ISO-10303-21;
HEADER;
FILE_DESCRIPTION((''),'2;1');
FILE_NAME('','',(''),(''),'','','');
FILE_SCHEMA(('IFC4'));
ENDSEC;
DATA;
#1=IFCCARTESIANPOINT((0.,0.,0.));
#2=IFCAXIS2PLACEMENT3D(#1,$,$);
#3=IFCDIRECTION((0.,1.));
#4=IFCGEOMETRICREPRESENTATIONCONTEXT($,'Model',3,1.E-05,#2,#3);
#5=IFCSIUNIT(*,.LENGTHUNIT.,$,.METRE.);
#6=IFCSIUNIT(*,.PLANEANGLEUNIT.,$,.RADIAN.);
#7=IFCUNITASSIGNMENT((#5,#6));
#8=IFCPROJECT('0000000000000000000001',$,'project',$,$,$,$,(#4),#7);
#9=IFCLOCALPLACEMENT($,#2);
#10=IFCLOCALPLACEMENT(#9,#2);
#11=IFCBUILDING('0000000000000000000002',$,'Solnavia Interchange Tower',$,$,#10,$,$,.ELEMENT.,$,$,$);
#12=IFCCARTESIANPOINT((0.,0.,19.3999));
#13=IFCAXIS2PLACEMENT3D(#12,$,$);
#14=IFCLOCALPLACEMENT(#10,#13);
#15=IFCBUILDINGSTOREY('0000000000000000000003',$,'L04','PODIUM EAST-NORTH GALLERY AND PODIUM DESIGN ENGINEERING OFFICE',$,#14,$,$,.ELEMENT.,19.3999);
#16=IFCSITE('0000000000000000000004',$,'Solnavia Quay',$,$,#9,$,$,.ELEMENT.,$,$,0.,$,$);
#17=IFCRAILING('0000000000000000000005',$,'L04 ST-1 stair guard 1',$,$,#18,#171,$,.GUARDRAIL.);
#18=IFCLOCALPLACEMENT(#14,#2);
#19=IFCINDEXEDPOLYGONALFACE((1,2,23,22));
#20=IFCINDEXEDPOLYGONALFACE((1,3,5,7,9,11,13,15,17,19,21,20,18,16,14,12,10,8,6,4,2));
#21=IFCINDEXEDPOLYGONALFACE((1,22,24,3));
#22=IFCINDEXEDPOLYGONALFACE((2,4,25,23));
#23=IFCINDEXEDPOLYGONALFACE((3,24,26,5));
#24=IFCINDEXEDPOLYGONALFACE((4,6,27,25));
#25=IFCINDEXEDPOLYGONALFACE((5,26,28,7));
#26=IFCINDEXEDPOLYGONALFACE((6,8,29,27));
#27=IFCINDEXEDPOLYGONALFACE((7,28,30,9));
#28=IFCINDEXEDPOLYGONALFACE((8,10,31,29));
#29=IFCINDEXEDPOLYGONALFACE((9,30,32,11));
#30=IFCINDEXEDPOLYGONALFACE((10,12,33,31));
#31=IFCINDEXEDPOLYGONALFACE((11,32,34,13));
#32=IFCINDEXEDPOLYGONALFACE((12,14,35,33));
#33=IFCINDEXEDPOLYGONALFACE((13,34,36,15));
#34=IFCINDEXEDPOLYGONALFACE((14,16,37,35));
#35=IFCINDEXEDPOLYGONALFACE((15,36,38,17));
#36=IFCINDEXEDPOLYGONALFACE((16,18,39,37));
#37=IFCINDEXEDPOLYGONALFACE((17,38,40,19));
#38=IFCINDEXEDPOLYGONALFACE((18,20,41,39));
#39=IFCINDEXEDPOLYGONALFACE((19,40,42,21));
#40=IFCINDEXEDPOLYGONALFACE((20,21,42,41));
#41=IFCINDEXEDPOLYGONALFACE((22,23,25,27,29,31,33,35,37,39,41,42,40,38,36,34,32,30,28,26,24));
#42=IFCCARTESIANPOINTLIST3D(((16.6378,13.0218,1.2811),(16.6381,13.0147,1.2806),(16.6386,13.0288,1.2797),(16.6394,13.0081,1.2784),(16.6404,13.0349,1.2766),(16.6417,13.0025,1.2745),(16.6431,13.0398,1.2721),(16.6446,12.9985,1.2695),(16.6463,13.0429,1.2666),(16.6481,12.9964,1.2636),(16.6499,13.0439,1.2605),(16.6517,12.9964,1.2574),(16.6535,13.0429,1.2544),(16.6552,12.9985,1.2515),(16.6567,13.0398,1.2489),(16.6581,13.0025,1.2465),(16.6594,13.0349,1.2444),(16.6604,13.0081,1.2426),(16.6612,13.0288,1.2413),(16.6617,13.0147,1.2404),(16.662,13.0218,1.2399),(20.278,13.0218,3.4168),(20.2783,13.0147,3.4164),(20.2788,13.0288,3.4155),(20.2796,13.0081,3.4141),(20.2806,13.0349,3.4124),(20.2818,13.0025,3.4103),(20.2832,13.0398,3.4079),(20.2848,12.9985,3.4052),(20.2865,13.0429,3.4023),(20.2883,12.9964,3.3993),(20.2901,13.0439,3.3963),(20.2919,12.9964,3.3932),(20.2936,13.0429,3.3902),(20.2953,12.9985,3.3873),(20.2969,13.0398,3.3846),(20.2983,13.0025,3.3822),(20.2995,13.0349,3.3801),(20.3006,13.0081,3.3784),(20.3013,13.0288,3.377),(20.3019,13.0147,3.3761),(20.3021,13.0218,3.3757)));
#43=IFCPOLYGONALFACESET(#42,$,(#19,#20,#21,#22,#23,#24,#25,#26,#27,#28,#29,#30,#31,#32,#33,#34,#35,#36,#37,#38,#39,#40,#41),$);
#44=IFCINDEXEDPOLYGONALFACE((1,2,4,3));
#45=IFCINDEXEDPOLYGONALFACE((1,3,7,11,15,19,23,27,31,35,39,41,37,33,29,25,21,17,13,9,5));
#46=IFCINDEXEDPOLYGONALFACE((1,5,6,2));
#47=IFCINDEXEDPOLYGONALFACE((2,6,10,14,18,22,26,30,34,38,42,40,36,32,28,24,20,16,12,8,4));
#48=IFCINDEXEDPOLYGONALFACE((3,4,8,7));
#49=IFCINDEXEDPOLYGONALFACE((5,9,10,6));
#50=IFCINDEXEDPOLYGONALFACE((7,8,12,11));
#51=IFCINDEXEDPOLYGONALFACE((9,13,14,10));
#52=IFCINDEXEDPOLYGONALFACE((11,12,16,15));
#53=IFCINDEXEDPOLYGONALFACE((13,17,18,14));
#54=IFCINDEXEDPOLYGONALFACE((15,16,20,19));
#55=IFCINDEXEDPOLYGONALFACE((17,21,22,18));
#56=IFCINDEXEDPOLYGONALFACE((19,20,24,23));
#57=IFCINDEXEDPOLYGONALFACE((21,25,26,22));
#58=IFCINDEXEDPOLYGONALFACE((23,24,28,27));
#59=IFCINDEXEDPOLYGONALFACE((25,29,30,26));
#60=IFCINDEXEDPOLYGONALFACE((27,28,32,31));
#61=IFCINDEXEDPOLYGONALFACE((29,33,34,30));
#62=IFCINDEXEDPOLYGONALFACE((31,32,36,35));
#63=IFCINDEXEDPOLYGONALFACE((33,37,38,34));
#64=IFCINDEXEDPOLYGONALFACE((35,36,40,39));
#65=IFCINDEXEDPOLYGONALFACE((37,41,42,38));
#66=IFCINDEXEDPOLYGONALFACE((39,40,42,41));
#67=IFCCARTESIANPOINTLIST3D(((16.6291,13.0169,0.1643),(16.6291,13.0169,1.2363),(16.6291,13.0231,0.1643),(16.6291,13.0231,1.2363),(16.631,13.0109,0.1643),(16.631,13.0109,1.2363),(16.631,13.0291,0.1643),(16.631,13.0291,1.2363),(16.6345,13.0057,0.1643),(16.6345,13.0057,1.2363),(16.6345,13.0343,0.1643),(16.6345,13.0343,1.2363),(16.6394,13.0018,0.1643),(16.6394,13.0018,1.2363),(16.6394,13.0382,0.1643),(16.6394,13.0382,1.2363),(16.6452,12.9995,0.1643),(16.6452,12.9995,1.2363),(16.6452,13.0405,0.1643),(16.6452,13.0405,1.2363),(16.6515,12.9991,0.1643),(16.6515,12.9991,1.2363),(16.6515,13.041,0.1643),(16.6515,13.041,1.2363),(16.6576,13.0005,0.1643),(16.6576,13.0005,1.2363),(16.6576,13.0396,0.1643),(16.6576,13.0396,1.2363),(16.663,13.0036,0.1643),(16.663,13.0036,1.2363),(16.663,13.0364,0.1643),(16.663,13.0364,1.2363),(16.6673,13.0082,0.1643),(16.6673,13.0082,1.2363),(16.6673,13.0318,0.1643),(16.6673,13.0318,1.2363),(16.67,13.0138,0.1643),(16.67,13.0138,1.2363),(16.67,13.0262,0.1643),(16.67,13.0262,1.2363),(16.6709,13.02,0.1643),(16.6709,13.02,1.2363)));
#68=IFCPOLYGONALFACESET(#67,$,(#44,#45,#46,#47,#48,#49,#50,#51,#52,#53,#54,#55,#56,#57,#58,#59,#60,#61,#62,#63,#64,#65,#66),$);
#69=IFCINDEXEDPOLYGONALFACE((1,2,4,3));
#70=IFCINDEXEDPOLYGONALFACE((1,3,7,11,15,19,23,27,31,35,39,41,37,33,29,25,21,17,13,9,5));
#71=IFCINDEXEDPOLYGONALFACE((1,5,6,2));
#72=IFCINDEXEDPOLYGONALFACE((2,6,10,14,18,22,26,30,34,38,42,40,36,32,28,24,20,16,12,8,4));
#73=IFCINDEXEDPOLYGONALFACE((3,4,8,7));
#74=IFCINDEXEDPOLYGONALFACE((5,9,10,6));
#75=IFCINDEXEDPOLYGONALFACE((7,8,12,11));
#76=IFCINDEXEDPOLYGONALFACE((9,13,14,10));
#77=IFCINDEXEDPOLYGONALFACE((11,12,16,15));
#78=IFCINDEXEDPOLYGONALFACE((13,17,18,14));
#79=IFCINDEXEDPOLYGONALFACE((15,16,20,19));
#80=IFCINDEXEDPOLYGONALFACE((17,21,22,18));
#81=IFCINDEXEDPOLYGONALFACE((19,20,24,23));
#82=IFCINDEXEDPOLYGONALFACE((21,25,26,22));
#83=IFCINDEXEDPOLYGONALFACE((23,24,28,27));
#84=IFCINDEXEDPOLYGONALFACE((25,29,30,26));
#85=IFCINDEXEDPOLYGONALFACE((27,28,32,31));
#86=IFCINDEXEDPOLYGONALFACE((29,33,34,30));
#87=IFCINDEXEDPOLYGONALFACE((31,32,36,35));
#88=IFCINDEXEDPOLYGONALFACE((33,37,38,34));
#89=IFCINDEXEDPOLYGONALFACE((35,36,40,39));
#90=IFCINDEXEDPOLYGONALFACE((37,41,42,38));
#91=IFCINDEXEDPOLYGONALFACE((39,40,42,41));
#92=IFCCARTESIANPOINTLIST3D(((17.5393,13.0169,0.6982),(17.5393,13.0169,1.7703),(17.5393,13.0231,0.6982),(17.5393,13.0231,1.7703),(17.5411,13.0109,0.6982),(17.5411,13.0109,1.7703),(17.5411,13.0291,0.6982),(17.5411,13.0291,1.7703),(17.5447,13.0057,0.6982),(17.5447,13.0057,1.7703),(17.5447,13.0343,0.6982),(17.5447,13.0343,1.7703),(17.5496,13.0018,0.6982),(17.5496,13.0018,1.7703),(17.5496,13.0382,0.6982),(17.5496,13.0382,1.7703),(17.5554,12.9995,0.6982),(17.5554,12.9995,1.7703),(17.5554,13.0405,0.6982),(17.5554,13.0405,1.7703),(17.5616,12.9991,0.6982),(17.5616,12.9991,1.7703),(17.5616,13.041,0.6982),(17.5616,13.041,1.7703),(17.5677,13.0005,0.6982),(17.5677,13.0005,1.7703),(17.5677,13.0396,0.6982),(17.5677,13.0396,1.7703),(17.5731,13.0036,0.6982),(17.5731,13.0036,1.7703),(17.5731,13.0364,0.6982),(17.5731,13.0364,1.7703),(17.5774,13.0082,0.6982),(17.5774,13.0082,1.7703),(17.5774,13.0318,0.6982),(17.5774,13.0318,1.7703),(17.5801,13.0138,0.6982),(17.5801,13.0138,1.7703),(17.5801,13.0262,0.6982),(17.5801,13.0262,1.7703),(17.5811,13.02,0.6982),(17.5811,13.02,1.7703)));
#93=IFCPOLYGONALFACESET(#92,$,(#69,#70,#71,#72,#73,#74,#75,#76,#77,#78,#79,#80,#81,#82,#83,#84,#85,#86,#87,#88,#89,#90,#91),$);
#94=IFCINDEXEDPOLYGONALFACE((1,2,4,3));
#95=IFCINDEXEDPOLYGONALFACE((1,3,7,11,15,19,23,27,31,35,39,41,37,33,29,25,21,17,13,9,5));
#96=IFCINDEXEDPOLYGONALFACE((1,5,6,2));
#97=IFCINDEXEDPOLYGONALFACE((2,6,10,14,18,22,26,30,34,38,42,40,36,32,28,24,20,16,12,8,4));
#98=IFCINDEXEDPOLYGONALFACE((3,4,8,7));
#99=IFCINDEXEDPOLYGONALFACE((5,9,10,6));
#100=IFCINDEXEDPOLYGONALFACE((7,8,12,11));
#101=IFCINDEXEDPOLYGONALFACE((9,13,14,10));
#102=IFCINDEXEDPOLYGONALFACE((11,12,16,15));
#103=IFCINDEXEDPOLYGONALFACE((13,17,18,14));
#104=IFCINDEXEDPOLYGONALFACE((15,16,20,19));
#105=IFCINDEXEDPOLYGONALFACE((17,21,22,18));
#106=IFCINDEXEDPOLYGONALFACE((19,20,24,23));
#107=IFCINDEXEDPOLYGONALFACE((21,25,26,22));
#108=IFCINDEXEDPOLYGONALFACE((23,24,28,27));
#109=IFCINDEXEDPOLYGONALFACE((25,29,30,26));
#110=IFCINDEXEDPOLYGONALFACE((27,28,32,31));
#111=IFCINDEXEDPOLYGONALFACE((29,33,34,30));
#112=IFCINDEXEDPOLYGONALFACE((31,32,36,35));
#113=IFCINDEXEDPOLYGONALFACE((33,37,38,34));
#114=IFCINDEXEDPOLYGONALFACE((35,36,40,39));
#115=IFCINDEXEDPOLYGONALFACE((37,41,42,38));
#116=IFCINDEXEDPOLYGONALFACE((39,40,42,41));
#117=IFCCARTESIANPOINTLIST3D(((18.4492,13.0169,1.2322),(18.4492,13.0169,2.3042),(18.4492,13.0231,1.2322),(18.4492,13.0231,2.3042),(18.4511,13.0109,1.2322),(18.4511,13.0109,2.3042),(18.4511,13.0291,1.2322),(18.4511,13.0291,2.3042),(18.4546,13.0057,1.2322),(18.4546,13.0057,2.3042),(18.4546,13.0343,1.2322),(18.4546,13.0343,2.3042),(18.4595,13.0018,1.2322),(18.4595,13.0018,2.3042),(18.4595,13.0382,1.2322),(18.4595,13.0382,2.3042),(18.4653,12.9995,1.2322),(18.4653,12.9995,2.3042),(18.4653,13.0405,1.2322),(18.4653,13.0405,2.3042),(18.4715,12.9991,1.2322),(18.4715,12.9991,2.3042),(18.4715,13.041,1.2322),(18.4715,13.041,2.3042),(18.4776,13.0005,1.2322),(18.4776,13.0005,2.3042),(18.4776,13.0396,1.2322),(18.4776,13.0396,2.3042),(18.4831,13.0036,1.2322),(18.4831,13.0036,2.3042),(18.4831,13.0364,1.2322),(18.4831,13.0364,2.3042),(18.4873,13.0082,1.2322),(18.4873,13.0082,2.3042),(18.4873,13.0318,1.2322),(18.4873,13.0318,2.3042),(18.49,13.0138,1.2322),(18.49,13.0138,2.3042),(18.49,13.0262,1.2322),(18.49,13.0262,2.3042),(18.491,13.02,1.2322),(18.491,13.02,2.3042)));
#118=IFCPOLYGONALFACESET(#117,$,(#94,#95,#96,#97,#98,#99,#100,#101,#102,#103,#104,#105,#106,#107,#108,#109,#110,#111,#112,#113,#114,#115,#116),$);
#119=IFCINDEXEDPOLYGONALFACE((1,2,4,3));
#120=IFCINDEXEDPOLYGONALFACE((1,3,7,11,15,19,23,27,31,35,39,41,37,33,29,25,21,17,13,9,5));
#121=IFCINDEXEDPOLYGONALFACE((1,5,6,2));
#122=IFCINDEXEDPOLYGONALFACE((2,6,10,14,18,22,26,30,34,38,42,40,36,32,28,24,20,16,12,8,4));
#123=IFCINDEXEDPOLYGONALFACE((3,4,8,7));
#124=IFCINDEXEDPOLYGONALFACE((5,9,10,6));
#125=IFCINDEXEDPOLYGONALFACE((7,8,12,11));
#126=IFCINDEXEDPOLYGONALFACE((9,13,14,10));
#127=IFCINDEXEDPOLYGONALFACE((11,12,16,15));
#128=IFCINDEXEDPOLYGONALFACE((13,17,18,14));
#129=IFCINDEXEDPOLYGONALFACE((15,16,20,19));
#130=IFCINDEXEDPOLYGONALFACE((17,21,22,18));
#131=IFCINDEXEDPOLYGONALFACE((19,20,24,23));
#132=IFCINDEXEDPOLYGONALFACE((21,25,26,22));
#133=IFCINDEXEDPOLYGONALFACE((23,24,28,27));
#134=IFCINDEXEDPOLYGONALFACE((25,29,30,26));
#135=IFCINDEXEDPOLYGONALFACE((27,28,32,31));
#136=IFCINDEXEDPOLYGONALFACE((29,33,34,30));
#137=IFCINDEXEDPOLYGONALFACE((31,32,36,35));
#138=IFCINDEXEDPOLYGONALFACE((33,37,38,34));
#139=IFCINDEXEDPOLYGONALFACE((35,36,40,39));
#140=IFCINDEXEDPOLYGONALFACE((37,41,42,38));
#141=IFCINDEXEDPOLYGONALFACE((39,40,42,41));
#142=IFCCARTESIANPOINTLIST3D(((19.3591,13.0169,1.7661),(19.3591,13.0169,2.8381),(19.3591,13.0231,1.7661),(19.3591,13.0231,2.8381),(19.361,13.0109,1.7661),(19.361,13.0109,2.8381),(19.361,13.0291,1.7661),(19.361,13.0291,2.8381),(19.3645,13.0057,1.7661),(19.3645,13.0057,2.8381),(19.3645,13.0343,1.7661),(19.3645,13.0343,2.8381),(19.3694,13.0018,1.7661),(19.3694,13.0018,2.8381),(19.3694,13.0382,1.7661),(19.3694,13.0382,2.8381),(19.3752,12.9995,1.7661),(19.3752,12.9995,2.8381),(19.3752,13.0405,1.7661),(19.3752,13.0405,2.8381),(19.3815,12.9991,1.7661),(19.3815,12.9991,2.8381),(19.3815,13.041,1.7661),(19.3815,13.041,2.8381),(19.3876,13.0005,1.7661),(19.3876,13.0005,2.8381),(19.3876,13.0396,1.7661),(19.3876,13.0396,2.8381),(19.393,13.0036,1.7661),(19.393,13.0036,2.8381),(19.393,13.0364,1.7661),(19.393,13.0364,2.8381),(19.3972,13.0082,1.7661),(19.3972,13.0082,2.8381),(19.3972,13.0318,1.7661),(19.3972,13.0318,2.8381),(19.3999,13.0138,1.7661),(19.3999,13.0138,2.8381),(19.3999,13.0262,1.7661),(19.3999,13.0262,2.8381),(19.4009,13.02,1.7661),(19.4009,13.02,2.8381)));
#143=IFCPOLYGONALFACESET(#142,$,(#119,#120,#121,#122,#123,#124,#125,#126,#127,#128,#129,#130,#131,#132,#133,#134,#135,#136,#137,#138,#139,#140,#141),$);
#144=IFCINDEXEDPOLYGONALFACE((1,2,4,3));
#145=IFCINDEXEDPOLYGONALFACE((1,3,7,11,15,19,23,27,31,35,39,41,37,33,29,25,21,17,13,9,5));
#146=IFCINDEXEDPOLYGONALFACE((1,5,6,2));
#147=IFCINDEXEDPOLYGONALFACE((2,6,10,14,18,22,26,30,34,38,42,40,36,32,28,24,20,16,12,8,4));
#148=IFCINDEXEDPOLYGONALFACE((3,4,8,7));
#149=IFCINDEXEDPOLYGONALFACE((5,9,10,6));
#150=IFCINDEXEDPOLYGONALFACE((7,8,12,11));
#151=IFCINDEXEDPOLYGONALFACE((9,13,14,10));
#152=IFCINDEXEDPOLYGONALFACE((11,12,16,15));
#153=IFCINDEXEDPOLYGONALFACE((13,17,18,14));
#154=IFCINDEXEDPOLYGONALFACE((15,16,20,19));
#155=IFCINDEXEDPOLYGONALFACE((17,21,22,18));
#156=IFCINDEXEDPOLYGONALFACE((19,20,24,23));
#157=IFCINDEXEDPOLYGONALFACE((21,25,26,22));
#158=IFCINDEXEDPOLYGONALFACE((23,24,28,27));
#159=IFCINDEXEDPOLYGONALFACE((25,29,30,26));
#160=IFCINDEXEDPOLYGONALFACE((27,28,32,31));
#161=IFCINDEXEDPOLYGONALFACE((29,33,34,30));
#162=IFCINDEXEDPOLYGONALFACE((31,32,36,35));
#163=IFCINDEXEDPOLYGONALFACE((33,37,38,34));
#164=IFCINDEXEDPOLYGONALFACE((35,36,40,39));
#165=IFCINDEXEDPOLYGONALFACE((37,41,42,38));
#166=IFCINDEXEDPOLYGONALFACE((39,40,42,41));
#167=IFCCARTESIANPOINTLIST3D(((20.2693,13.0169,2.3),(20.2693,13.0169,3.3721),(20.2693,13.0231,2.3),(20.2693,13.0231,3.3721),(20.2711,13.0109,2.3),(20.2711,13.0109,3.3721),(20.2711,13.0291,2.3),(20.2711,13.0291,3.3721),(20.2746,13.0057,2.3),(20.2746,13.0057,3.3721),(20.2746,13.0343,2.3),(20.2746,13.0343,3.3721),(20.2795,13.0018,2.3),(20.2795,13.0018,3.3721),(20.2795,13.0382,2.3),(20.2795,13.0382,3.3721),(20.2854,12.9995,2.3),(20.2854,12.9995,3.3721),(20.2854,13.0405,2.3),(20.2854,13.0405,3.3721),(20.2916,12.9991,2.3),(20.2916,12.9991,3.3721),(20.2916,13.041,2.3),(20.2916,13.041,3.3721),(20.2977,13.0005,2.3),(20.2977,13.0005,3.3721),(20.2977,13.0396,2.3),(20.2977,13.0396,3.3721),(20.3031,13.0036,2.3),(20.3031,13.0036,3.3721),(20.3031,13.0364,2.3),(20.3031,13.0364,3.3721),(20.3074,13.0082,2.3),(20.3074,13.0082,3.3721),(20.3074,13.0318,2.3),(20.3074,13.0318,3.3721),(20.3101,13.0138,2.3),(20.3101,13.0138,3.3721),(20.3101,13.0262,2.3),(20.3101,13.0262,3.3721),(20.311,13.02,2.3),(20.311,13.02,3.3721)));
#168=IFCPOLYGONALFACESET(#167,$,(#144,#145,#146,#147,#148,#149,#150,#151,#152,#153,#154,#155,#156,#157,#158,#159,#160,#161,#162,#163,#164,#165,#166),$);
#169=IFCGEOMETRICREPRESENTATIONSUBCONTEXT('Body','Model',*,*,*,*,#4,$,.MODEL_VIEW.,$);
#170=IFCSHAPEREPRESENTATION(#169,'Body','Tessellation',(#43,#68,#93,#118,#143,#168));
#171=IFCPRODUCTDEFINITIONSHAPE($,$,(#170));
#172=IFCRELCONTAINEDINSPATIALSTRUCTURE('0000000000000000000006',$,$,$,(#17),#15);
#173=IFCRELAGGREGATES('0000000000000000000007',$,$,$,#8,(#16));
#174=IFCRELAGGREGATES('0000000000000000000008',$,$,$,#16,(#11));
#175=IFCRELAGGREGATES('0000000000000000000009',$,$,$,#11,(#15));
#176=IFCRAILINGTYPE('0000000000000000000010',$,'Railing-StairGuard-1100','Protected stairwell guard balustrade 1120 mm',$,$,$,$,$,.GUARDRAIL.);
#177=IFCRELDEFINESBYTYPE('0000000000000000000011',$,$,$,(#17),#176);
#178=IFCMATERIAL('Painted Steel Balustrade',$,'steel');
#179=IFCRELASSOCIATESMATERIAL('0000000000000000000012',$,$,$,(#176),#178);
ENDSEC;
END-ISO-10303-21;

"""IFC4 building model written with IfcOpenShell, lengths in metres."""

from ifc_helpers import new_model, si_unit, direction, frame, origin, origin_2d, place, context, subcontext, project, spatial, circle, extrude, material, type_object, element, save


model = new_model("IFC4")

# Units and contexts
model_context = context("Model", 3, precision=1e-05, world=origin(), true_north=direction((0.0, 1.0)))
body_context = subcontext(model_context, "Body", "Model", "MODEL_VIEW")
ifc_project = project(units=[si_unit("LENGTHUNIT", "METRE"), si_unit("PLANEANGLEUNIT", "RADIAN")], contexts=[model_context])

# Site, building, storey
site_placement = place(None, origin())
site = spatial("IfcSite", under=ifc_project, at=site_placement, Name="Solnavia Quay", CompositionType="ELEMENT", RefElevation=0.0)
building_placement = place(site_placement, origin())
building = spatial("IfcBuilding", under=site, at=building_placement, Name="Solnavia Interchange Tower", CompositionType="ELEMENT")
storey_placement = place(building_placement, frame((0.0, 0.0, 19.3999)))
storey = spatial("IfcBuildingStorey", under=building, at=storey_placement, Name="L04", Description="PODIUM EAST-NORTH GALLERY AND PODIUM DESIGN ENGINEERING OFFICE", CompositionType="ELEMENT", Elevation=19.3999)

# Railing
ifc_material_1 = material(Name="Painted Steel Balustrade", Category="steel")
railing_type_1 = type_object("IfcRailingType", Name="Railing-StairGuard-1100", Description="Protected stairwell guard balustrade 1120 mm", PredefinedType="GUARDRAIL", material=ifc_material_1)
railing_1_placement = place(storey_placement, frame((16.6499, 13.02, 0.1643)))
element("IfcRailing", 1, at=railing_1_placement, inside=storey, type_object=railing_type_1, Name="L04 ST-1 stair guard 1", PredefinedType="GUARDRAIL", context=body_context, shape_type="SweptSolid", body=[
    extrude(circle(Radius=0.0239, at=origin_2d()), frame((0.0, 0.0, 1.0962), z_axis=(0.862505, 0.0, 0.506049), x_axis=(0.0, 1.0, 0.0)), (0.0, 0.0, 1.0), 4.2205),
    extrude(circle(Radius=0.021, at=origin_2d()), origin(), (0.0, 0.0, 1.0), 1.072),
    extrude(circle(Radius=0.021, at=origin_2d()), frame((0.9102, 0.0, 0.5339)), (0.0, 0.0, 1.0), 1.072),
    extrude(circle(Radius=0.021, at=origin_2d()), frame((1.8201, 0.0, 1.0679)), (0.0, 0.0, 1.0), 1.072),
    extrude(circle(Radius=0.021, at=origin_2d()), frame((2.73, 0.0, 1.6018)), (0.0, 0.0, 1.0), 1.072),
    extrude(circle(Radius=0.021, at=origin_2d()), frame((3.6401, 0.0, 2.1357)), (0.0, 0.0, 1.0), 1.072),
])

save(model, "model.ifc")
